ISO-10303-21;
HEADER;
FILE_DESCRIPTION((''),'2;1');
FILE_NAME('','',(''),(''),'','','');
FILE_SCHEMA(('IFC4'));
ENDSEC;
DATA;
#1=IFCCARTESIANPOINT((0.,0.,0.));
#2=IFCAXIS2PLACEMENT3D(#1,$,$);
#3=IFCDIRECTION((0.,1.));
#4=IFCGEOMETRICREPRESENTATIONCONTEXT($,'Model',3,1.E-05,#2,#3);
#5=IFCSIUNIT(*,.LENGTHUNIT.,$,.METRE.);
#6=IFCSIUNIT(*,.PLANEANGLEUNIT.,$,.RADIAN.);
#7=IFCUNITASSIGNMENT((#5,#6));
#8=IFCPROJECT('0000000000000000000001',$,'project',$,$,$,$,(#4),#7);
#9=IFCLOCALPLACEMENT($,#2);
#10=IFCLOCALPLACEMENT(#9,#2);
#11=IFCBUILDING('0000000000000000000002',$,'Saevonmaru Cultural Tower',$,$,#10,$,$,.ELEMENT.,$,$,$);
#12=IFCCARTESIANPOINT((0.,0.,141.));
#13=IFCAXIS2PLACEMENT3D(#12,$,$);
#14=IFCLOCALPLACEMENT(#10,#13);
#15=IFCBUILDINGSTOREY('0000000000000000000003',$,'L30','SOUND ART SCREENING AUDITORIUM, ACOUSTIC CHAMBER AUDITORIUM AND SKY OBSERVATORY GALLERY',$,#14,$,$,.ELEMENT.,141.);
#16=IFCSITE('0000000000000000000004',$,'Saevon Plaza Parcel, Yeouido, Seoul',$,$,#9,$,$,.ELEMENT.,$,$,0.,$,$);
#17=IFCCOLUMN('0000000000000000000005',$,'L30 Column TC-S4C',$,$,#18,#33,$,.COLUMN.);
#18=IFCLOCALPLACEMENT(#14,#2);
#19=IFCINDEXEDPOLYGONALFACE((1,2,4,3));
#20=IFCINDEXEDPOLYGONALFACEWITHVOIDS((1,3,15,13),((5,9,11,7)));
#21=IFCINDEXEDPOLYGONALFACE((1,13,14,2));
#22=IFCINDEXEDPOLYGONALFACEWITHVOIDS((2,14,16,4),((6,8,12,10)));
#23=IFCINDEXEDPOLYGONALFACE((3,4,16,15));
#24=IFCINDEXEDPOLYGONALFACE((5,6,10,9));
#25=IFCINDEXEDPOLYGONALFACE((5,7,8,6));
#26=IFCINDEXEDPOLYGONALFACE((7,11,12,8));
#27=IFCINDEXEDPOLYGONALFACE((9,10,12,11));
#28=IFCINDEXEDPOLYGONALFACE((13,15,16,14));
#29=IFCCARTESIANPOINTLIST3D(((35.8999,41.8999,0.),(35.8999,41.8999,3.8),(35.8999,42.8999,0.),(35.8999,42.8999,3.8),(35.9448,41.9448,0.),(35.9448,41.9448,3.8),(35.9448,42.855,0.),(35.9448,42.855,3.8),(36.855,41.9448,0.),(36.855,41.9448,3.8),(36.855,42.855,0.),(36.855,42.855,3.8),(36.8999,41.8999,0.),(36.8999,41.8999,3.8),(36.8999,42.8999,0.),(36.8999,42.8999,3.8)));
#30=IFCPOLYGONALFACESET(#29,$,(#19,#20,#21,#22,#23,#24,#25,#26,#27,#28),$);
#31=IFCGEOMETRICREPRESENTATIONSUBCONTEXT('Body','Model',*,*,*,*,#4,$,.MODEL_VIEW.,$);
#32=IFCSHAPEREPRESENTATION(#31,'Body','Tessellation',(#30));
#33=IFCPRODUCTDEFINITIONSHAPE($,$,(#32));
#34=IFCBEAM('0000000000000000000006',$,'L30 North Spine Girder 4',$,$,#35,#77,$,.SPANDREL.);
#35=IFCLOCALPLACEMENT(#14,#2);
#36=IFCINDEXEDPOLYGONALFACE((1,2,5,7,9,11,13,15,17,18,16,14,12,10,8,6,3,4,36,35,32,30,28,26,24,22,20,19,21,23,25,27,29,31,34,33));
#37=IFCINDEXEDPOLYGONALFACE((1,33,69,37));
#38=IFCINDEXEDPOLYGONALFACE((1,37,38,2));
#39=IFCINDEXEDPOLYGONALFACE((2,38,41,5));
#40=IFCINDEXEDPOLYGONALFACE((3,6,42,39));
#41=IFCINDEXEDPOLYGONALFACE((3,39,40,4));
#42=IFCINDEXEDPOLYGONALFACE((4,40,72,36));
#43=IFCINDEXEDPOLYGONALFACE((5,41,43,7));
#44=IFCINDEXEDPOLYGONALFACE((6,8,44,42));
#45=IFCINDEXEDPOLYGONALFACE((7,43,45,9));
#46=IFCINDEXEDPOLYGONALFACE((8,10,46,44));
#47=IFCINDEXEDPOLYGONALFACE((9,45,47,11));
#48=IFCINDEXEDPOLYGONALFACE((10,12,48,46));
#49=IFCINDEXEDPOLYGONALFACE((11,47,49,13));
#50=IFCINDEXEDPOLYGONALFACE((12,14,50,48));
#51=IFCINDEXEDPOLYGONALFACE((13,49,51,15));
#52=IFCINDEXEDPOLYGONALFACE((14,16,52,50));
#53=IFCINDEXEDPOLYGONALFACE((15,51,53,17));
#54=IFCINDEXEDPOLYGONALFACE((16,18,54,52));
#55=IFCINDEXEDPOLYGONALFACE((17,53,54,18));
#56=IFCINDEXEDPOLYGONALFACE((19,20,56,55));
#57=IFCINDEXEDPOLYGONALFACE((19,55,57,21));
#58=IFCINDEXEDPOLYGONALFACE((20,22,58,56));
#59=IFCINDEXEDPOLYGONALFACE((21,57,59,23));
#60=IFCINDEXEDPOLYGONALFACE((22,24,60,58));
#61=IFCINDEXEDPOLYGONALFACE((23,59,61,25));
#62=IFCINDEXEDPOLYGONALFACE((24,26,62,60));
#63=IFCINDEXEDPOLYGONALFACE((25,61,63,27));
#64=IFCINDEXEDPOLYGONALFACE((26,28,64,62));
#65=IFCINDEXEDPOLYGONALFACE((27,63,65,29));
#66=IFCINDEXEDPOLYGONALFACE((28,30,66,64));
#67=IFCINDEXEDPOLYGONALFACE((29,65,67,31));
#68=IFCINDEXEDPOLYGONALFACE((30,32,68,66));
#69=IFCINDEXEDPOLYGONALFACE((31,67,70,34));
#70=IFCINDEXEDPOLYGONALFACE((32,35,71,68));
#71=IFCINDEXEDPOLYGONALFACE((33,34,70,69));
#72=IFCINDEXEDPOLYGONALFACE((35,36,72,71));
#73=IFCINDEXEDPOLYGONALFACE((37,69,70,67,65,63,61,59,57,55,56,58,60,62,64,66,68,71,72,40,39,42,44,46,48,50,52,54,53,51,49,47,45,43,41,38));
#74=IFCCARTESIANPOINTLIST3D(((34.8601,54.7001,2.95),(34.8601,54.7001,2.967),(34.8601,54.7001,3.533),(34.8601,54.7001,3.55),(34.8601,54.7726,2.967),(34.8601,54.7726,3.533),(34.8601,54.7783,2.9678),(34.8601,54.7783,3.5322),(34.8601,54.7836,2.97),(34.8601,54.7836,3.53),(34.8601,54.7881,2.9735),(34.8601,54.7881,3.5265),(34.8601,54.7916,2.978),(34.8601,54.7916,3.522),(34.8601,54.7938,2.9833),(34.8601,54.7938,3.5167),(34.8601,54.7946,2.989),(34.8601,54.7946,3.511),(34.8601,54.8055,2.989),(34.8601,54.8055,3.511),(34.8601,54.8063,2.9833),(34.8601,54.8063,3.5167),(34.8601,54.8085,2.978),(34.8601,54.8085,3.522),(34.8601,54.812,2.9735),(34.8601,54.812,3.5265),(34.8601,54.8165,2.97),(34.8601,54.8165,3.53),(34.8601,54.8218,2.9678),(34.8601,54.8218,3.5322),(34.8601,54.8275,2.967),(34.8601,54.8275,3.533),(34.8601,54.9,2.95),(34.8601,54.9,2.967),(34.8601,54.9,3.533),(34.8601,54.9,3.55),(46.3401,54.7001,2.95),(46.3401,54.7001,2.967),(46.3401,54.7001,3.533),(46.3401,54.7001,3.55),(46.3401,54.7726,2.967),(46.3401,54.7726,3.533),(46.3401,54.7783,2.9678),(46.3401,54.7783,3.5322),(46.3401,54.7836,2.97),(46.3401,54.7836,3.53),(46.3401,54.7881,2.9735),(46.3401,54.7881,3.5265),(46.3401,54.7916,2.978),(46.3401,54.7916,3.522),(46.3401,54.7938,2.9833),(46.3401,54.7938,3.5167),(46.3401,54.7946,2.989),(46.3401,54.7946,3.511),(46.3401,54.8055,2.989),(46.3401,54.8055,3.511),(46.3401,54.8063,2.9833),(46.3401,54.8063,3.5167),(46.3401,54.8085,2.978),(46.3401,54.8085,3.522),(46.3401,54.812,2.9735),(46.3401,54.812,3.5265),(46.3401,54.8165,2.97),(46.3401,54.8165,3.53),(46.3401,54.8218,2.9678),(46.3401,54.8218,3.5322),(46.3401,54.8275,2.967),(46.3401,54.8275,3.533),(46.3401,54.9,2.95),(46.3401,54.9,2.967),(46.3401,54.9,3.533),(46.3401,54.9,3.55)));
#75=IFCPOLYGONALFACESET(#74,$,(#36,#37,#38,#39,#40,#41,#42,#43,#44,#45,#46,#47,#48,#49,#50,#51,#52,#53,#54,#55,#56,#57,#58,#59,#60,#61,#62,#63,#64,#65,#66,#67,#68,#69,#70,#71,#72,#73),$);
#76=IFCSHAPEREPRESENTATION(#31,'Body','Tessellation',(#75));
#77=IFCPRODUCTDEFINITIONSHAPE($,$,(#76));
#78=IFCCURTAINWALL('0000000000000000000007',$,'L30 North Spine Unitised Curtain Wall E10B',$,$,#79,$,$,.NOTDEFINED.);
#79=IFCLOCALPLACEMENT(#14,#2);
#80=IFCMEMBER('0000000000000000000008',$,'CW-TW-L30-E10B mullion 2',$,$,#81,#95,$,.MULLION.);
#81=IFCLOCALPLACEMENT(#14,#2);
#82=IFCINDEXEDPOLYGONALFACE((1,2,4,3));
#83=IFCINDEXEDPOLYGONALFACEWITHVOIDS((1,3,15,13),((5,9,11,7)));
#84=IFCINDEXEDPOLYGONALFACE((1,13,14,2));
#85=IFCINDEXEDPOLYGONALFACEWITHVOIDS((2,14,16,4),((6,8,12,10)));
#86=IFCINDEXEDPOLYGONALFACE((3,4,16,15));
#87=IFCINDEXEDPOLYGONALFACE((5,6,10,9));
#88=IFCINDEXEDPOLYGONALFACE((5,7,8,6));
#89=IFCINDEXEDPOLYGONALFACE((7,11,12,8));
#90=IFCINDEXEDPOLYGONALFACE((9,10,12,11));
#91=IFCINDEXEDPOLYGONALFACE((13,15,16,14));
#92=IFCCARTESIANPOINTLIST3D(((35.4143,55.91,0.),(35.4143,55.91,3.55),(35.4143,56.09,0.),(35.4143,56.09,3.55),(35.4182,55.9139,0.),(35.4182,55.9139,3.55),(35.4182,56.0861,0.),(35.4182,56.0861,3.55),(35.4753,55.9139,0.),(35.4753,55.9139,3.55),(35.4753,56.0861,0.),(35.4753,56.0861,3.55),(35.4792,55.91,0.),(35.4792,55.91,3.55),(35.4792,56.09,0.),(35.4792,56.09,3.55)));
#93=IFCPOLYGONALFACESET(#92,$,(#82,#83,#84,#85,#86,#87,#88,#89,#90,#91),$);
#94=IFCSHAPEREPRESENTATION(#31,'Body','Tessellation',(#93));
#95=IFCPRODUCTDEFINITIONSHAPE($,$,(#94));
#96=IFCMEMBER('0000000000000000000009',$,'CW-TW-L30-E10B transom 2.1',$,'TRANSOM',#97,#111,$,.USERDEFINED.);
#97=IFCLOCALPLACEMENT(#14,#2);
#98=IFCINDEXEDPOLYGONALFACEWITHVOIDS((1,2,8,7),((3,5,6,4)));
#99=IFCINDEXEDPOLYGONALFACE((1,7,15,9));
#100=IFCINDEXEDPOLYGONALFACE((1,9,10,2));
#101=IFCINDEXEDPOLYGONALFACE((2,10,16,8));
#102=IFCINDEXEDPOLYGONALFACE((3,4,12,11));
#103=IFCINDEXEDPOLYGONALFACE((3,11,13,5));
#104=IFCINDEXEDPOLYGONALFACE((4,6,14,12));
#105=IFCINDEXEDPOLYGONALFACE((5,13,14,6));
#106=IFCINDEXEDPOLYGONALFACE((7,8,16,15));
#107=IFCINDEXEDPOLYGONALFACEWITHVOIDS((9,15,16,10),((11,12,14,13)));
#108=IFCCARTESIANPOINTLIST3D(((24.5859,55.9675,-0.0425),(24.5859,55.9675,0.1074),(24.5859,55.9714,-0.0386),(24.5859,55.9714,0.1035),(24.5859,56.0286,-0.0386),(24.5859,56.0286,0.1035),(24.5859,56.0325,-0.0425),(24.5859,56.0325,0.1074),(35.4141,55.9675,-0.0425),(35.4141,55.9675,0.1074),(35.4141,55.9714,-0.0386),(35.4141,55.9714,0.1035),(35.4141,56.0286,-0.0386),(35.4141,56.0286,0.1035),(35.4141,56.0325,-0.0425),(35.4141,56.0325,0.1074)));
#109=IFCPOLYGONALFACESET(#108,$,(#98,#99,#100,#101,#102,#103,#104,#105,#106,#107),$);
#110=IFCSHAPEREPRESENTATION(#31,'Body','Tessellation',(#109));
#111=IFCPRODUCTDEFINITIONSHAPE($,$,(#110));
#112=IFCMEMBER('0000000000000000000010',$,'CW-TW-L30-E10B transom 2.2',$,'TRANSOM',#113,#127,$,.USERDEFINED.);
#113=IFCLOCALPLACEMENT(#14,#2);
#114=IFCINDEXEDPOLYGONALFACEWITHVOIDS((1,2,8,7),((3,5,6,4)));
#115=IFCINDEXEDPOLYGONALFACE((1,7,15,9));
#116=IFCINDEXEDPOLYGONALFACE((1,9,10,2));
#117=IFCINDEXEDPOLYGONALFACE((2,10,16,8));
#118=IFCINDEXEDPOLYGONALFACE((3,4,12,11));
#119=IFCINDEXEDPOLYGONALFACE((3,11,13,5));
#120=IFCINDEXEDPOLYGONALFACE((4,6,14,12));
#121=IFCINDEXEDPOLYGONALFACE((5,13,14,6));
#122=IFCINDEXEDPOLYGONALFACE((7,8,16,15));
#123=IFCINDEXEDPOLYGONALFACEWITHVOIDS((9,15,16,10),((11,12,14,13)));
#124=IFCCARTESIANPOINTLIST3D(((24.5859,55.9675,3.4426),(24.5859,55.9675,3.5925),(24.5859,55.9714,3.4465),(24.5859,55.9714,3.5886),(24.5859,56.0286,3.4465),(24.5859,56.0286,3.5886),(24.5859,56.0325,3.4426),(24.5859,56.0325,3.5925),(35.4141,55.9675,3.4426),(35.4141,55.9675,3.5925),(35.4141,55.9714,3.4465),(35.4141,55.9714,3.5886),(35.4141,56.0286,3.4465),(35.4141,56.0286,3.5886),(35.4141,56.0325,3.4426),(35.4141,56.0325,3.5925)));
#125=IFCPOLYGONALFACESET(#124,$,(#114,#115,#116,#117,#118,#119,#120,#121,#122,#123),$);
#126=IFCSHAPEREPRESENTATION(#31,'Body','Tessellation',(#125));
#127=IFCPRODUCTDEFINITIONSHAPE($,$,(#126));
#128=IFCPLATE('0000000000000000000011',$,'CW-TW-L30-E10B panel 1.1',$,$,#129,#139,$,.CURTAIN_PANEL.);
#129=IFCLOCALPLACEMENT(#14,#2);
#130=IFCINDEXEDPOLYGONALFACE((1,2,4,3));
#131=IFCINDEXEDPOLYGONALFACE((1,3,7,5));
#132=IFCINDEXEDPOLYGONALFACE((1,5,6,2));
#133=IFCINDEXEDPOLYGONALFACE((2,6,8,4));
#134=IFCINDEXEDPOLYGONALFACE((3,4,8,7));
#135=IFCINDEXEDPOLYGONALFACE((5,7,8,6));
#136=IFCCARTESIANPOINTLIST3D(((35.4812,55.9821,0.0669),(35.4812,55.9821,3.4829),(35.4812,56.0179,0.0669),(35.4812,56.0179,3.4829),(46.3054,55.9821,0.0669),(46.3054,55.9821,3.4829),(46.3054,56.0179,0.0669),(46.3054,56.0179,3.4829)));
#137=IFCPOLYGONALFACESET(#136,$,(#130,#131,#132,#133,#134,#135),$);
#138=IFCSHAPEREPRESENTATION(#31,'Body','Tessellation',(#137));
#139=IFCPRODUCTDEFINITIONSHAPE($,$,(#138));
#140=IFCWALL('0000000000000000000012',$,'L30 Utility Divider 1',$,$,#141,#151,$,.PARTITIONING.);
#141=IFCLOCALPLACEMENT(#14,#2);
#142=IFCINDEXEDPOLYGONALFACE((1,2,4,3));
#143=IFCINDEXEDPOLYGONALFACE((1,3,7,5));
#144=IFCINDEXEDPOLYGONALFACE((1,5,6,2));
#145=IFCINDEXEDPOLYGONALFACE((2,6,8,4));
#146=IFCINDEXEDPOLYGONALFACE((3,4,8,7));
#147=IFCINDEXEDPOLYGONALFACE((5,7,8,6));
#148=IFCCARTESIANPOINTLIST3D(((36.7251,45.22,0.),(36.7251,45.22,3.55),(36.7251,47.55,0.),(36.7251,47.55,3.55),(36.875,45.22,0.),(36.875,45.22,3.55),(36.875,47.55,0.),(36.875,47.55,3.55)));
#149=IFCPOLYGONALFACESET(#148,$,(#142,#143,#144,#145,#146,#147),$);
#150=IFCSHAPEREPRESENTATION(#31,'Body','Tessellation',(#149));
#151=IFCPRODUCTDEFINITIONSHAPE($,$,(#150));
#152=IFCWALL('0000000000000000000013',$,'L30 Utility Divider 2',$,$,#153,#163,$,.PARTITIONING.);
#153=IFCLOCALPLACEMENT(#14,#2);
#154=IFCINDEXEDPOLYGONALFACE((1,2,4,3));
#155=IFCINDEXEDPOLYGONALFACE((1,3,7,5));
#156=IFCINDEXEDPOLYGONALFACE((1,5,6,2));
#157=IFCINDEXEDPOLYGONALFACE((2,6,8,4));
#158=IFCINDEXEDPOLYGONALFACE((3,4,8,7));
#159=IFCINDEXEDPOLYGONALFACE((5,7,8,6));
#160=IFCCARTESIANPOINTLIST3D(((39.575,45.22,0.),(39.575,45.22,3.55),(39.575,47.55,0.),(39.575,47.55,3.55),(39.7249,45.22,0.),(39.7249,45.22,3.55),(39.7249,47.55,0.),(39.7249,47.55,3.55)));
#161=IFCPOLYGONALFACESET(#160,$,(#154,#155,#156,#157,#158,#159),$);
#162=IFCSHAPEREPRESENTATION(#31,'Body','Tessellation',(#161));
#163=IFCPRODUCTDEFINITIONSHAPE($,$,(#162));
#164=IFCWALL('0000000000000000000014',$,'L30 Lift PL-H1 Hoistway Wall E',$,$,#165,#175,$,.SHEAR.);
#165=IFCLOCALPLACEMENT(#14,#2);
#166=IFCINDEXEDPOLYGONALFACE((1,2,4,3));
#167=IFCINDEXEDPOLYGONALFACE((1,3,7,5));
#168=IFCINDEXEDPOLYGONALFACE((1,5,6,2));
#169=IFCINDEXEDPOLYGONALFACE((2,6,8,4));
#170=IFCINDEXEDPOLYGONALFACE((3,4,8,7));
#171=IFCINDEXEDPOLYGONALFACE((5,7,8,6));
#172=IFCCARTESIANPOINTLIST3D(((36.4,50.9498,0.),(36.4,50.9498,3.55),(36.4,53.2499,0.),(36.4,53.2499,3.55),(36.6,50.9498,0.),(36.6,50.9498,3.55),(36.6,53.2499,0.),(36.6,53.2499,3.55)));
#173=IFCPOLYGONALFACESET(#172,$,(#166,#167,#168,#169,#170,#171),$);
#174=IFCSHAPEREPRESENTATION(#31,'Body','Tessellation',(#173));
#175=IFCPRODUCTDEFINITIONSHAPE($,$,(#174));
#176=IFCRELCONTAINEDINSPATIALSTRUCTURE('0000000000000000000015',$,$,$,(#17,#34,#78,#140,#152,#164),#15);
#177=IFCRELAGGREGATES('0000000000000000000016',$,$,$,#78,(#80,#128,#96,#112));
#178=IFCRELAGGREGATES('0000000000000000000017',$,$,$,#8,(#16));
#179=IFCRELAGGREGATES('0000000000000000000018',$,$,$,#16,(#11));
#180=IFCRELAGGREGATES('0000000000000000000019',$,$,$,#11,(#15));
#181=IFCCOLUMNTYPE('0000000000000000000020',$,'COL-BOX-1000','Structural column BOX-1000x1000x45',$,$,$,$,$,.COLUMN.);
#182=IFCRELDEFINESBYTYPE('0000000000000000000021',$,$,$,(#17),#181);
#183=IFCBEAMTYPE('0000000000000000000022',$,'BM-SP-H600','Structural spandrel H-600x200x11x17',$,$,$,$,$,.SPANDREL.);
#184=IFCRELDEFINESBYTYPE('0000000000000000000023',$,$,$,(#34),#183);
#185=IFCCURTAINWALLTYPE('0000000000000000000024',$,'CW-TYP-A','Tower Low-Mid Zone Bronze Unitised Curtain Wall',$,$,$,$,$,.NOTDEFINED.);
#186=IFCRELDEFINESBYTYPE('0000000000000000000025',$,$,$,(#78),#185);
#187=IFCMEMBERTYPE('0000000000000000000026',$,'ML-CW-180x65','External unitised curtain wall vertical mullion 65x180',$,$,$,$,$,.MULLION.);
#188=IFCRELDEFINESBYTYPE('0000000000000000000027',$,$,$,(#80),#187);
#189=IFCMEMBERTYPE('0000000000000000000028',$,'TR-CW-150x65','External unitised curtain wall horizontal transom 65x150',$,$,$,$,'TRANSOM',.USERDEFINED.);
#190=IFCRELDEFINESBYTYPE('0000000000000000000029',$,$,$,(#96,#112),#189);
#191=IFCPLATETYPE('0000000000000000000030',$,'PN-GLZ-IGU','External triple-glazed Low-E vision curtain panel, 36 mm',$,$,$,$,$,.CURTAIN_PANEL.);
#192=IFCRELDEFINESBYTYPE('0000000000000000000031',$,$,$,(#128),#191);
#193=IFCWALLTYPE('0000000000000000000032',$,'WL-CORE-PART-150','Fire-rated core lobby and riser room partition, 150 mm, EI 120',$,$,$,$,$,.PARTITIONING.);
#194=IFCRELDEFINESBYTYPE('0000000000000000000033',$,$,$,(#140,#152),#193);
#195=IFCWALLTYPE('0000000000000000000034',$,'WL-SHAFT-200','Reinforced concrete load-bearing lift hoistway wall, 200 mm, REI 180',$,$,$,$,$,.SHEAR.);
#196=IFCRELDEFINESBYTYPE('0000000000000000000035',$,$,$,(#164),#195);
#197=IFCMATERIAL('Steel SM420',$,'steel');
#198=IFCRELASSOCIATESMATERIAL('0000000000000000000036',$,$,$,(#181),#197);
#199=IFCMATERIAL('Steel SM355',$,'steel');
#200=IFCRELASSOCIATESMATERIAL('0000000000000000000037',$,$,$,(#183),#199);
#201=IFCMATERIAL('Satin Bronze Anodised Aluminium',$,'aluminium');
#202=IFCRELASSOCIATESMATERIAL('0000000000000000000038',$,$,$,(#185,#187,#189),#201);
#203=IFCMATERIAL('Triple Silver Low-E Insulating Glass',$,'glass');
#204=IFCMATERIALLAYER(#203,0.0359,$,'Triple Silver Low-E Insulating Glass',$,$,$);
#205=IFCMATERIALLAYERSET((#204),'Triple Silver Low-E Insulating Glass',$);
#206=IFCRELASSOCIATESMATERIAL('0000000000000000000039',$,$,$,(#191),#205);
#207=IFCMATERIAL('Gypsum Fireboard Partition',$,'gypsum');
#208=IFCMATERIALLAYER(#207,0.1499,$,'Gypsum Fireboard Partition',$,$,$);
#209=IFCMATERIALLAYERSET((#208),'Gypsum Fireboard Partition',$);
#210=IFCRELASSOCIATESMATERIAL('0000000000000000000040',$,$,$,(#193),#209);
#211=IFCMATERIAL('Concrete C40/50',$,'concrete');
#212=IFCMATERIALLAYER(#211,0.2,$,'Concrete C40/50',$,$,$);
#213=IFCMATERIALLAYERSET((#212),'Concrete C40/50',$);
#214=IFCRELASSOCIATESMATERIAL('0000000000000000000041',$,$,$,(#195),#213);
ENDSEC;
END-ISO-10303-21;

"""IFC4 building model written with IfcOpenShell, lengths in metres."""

from ifc_helpers import new_model, si_unit, direction, frame, frame_2d, origin, origin_2d, place, context, subcontext, project, spatial, rectangle, hollow_rectangle, i_section, extrude, material, layer, layer_set, material_profile, profile_set, type_object, element, aggregate, save


model = new_model("IFC4")

# Units and contexts
model_context = context("Model", 3, precision=1e-05, world=origin(), true_north=direction((0.0, 1.0)))
body_context = subcontext(model_context, "Body", "Model", "MODEL_VIEW")
ifc_project = project(units=[si_unit("LENGTHUNIT", "METRE"), si_unit("PLANEANGLEUNIT", "RADIAN")], contexts=[model_context])

# Site, building, storey
site_placement = place(None, origin())
site = spatial("IfcSite", under=ifc_project, at=site_placement, Name="Saevon Plaza Parcel, Yeouido, Seoul", CompositionType="ELEMENT", RefElevation=0.0)
building_placement = place(site_placement, origin())
building = spatial("IfcBuilding", under=site, at=building_placement, Name="Saevonmaru Cultural Tower", CompositionType="ELEMENT")
storey_placement = place(building_placement, frame((0.0, 0.0, 141.0)))
storey = spatial("IfcBuildingStorey", under=building, at=storey_placement, Name="L30", Description="SOUND ART SCREENING AUDITORIUM, ACOUSTIC CHAMBER AUDITORIUM AND SKY OBSERVATORY GALLERY", CompositionType="ELEMENT", Elevation=141.0)

# Column
ifc_material_1 = material(Name="Steel SM420", Category="steel")
ifc_material_profile_1 = material_profile(ifc_material_1, hollow_rectangle(XDim=1.0, YDim=1.0, WallThickness=0.0449, at=origin_2d()), Name="BOX-1000x1000x45")
ifc_profile_set_1 = profile_set([ifc_material_profile_1], Name="Steel SM420")
column_type = type_object("IfcColumnType", Name="COL-BOX-1000", Description="Structural column BOX-1000x1000x45", PredefinedType="COLUMN", material=ifc_profile_set_1)
column_placement = place(storey_placement, frame((36.3999, 42.3999, 0.0), z_axis=(0.0, 0.0, 1.0), x_axis=(1.0, 0.0, 0.0)))
element("IfcColumn", 1, at=column_placement, inside=storey, type_object=column_type, Name="L30 Column TC-S4C", PredefinedType="COLUMN", context=body_context, shape_type="SweptSolid", body=[
    extrude(hollow_rectangle(XDim=1.0, YDim=1.0, WallThickness=0.0449, at=origin_2d()), origin(), (0.0, 0.0, 1.0), 3.8),
])

# Beam
ifc_material_2 = material(Name="Steel SM355", Category="steel")
ifc_material_profile_2 = material_profile(ifc_material_2, i_section(OverallWidth=0.2, OverallDepth=0.6001, WebThickness=0.011, FlangeThickness=0.0171, FilletRadius=0.022, at=origin_2d()), Name="H-600x200x11x17")
ifc_profile_set_2 = profile_set([ifc_material_profile_2], Name="Steel SM355")
beam_type = type_object("IfcBeamType", Name="BM-SP-H600", Description="Structural spandrel H-600x200x11x17", PredefinedType="SPANDREL", material=ifc_profile_set_2)
beam_placement = place(storey_placement, frame((34.8601, 54.8, 3.25), z_axis=(1.0, 0.0, 0.0), x_axis=(0.0, 1.0, 0.0)))
element("IfcBeam", 2, at=beam_placement, inside=storey, type_object=beam_type, Name="L30 North Spine Girder 4", PredefinedType="SPANDREL", context=body_context, shape_type="SweptSolid", body=[
    extrude(i_section(OverallWidth=0.2, OverallDepth=0.6001, WebThickness=0.011, FlangeThickness=0.0171, FilletRadius=0.022, at=origin_2d()), origin(), (0.0, 0.0, 1.0), 11.48),
])

# Curtain wall, members, plate
ifc_material_3 = material(Name="Satin Bronze Anodised Aluminium", Category="aluminium")
curtain_wall_type = type_object("IfcCurtainWallType", Name="CW-TYP-A", Description="Tower Low-Mid Zone Bronze Unitised Curtain Wall", PredefinedType="NOTDEFINED", material=ifc_material_3)
curtain_wall_placement = place(storey_placement, origin())
curtain_wall = element("IfcCurtainWall", 3, at=curtain_wall_placement, inside=storey, type_object=curtain_wall_type, Name="L30 North Spine Unitised Curtain Wall E10B", PredefinedType="NOTDEFINED")
ifc_material_profile_3 = material_profile(ifc_material_3, hollow_rectangle(XDim=0.0649, YDim=0.1799, WallThickness=0.0039, at=origin_2d()), Name="ALU-MULL-180x65x4")
ifc_profile_set_3 = profile_set([ifc_material_profile_3], Name="Satin Bronze Anodised Aluminium")
member_type_1 = type_object("IfcMemberType", Name="ML-CW-180x65", Description="External unitised curtain wall vertical mullion 65x180", PredefinedType="MULLION", material=ifc_profile_set_3)
member_1_placement = place(storey_placement, frame((35.4468, 56.0, 0.0), z_axis=(0.0, 0.0, 1.0), x_axis=(-1.0, 0.0, 0.0)))
member_1 = element("IfcMember", 4, at=member_1_placement, type_object=member_type_1, Name="CW-TW-L30-E10B mullion 2", PredefinedType="MULLION", context=body_context, shape_type="SweptSolid", body=[
    extrude(hollow_rectangle(XDim=0.0649, YDim=0.1799, WallThickness=0.0039, at=origin_2d()), origin(), (0.0, 0.0, 1.0), 3.55),
])
ifc_material_profile_4 = material_profile(ifc_material_3, hollow_rectangle(XDim=0.0649, YDim=0.1499, WallThickness=0.0039, at=origin_2d()), Name="ALU-TRAN-150x65x4")
ifc_profile_set_4 = profile_set([ifc_material_profile_4], Name="Satin Bronze Anodised Aluminium")
member_type_2 = type_object("IfcMemberType", Name="TR-CW-150x65", Description="External unitised curtain wall horizontal transom 65x150", ElementType="TRANSOM", PredefinedType="USERDEFINED", material=ifc_profile_set_4)
member_2_placement = place(storey_placement, frame((35.4141, 56.0, 0.0325), z_axis=(-1.0, 0.0, 0.0), x_axis=(0.0, -1.0, 0.0)))
member_2 = element("IfcMember", 5, at=member_2_placement, type_object=member_type_2, Name="CW-TW-L30-E10B transom 2.1", ObjectType="TRANSOM", PredefinedType="USERDEFINED", context=body_context, shape_type="SweptSolid", body=[
    extrude(hollow_rectangle(XDim=0.0649, YDim=0.1499, WallThickness=0.0039, at=origin_2d()), origin(), (0.0, 0.0, 1.0), 10.8281),
])
member_3_placement = place(storey_placement, frame((35.4141, 56.0, 3.5176), z_axis=(-1.0, 0.0, 0.0), x_axis=(0.0, -1.0, 0.0)))
member_3 = element("IfcMember", 6, at=member_3_placement, type_object=member_type_2, Name="CW-TW-L30-E10B transom 2.2", ObjectType="TRANSOM", PredefinedType="USERDEFINED", context=body_context, shape_type="SweptSolid", body=[
    extrude(hollow_rectangle(XDim=0.0649, YDim=0.1499, WallThickness=0.0039, at=origin_2d()), origin(), (0.0, 0.0, 1.0), 10.8281),
])
ifc_material_4 = material(Name="Triple Silver Low-E Insulating Glass", Category="glass")
ifc_layer_1 = layer(ifc_material_4, 0.0359, Name="Triple Silver Low-E Insulating Glass")
ifc_layer_set_1 = layer_set([ifc_layer_1], Name="Triple Silver Low-E Insulating Glass")
plate_type = type_object("IfcPlateType", Name="PN-GLZ-IGU", Description="External triple-glazed Low-E vision curtain panel, 36 mm", PredefinedType="CURTAIN_PANEL", material=ifc_layer_set_1)
plate_placement = place(storey_placement, frame((40.8933, 56.0, 0.0669), z_axis=(0.0, 0.0, 1.0), x_axis=(-1.0, 0.0, 0.0)))
plate = element("IfcPlate", 7, at=plate_placement, type_object=plate_type, Name="CW-TW-L30-E10B panel 1.1", PredefinedType="CURTAIN_PANEL", context=body_context, shape_type="SweptSolid", body=[
    extrude(rectangle(XDim=10.8242, YDim=0.0359, at=origin_2d()), origin(), (0.0, 0.0, 1.0), 3.416),
])
aggregate(curtain_wall, [member_1, plate, member_2, member_3])

# Walls
ifc_material_5 = material(Name="Gypsum Fireboard Partition", Category="gypsum")
ifc_layer_2 = layer(ifc_material_5, 0.1499, Name="Gypsum Fireboard Partition")
ifc_layer_set_2 = layer_set([ifc_layer_2], Name="Gypsum Fireboard Partition")
wall_type_1 = type_object("IfcWallType", Name="WL-CORE-PART-150", Description="Fire-rated core lobby and riser room partition, 150 mm, EI 120", PredefinedType="PARTITIONING", material=ifc_layer_set_2)
for number, where, z_axis, x_axis, name in (
    (8, (36.8, 45.22, 0.0), (0.0, 0.0, 1.0), (0.0, 1.0, 0.0), "L30 Utility Divider 1"),
    (9, (39.6499, 45.22, 0.0), (0.0, 0.0, 1.0), (0.0, 1.0, 0.0), "L30 Utility Divider 2"),
):
    element("IfcWall", number, at=place(storey_placement, frame(where, z_axis=z_axis, x_axis=x_axis)), inside=storey, type_object=wall_type_1, Name=name, PredefinedType="PARTITIONING", context=body_context, shape_type="SweptSolid", body=[
        extrude(rectangle(XDim=2.3301, YDim=0.1499, at=frame_2d((1.165, 0.0))), origin(), (0.0, 0.0, 1.0), 3.55),
    ])
ifc_material_6 = material(Name="Concrete C40/50", Category="concrete")
ifc_layer_3 = layer(ifc_material_6, 0.2, Name="Concrete C40/50")
ifc_layer_set_3 = layer_set([ifc_layer_3], Name="Concrete C40/50")
wall_type_2 = type_object("IfcWallType", Name="WL-SHAFT-200", Description="Reinforced concrete load-bearing lift hoistway wall, 200 mm, REI 180", PredefinedType="SHEAR", material=ifc_layer_set_3)
wall_1_placement = place(storey_placement, frame((36.5, 50.95, 0.0), z_axis=(0.0, 0.0, 1.0), x_axis=(0.0, 1.0, 0.0)))
element("IfcWall", 10, at=wall_1_placement, inside=storey, type_object=wall_type_2, Name="L30 Lift PL-H1 Hoistway Wall E", PredefinedType="SHEAR", context=body_context, shape_type="SweptSolid", body=[
    extrude(rectangle(XDim=2.3, YDim=0.2, at=frame_2d((1.1499, 0.0))), origin(), (0.0, 0.0, 1.0), 3.55),
])

save(model, "model.ifc")
